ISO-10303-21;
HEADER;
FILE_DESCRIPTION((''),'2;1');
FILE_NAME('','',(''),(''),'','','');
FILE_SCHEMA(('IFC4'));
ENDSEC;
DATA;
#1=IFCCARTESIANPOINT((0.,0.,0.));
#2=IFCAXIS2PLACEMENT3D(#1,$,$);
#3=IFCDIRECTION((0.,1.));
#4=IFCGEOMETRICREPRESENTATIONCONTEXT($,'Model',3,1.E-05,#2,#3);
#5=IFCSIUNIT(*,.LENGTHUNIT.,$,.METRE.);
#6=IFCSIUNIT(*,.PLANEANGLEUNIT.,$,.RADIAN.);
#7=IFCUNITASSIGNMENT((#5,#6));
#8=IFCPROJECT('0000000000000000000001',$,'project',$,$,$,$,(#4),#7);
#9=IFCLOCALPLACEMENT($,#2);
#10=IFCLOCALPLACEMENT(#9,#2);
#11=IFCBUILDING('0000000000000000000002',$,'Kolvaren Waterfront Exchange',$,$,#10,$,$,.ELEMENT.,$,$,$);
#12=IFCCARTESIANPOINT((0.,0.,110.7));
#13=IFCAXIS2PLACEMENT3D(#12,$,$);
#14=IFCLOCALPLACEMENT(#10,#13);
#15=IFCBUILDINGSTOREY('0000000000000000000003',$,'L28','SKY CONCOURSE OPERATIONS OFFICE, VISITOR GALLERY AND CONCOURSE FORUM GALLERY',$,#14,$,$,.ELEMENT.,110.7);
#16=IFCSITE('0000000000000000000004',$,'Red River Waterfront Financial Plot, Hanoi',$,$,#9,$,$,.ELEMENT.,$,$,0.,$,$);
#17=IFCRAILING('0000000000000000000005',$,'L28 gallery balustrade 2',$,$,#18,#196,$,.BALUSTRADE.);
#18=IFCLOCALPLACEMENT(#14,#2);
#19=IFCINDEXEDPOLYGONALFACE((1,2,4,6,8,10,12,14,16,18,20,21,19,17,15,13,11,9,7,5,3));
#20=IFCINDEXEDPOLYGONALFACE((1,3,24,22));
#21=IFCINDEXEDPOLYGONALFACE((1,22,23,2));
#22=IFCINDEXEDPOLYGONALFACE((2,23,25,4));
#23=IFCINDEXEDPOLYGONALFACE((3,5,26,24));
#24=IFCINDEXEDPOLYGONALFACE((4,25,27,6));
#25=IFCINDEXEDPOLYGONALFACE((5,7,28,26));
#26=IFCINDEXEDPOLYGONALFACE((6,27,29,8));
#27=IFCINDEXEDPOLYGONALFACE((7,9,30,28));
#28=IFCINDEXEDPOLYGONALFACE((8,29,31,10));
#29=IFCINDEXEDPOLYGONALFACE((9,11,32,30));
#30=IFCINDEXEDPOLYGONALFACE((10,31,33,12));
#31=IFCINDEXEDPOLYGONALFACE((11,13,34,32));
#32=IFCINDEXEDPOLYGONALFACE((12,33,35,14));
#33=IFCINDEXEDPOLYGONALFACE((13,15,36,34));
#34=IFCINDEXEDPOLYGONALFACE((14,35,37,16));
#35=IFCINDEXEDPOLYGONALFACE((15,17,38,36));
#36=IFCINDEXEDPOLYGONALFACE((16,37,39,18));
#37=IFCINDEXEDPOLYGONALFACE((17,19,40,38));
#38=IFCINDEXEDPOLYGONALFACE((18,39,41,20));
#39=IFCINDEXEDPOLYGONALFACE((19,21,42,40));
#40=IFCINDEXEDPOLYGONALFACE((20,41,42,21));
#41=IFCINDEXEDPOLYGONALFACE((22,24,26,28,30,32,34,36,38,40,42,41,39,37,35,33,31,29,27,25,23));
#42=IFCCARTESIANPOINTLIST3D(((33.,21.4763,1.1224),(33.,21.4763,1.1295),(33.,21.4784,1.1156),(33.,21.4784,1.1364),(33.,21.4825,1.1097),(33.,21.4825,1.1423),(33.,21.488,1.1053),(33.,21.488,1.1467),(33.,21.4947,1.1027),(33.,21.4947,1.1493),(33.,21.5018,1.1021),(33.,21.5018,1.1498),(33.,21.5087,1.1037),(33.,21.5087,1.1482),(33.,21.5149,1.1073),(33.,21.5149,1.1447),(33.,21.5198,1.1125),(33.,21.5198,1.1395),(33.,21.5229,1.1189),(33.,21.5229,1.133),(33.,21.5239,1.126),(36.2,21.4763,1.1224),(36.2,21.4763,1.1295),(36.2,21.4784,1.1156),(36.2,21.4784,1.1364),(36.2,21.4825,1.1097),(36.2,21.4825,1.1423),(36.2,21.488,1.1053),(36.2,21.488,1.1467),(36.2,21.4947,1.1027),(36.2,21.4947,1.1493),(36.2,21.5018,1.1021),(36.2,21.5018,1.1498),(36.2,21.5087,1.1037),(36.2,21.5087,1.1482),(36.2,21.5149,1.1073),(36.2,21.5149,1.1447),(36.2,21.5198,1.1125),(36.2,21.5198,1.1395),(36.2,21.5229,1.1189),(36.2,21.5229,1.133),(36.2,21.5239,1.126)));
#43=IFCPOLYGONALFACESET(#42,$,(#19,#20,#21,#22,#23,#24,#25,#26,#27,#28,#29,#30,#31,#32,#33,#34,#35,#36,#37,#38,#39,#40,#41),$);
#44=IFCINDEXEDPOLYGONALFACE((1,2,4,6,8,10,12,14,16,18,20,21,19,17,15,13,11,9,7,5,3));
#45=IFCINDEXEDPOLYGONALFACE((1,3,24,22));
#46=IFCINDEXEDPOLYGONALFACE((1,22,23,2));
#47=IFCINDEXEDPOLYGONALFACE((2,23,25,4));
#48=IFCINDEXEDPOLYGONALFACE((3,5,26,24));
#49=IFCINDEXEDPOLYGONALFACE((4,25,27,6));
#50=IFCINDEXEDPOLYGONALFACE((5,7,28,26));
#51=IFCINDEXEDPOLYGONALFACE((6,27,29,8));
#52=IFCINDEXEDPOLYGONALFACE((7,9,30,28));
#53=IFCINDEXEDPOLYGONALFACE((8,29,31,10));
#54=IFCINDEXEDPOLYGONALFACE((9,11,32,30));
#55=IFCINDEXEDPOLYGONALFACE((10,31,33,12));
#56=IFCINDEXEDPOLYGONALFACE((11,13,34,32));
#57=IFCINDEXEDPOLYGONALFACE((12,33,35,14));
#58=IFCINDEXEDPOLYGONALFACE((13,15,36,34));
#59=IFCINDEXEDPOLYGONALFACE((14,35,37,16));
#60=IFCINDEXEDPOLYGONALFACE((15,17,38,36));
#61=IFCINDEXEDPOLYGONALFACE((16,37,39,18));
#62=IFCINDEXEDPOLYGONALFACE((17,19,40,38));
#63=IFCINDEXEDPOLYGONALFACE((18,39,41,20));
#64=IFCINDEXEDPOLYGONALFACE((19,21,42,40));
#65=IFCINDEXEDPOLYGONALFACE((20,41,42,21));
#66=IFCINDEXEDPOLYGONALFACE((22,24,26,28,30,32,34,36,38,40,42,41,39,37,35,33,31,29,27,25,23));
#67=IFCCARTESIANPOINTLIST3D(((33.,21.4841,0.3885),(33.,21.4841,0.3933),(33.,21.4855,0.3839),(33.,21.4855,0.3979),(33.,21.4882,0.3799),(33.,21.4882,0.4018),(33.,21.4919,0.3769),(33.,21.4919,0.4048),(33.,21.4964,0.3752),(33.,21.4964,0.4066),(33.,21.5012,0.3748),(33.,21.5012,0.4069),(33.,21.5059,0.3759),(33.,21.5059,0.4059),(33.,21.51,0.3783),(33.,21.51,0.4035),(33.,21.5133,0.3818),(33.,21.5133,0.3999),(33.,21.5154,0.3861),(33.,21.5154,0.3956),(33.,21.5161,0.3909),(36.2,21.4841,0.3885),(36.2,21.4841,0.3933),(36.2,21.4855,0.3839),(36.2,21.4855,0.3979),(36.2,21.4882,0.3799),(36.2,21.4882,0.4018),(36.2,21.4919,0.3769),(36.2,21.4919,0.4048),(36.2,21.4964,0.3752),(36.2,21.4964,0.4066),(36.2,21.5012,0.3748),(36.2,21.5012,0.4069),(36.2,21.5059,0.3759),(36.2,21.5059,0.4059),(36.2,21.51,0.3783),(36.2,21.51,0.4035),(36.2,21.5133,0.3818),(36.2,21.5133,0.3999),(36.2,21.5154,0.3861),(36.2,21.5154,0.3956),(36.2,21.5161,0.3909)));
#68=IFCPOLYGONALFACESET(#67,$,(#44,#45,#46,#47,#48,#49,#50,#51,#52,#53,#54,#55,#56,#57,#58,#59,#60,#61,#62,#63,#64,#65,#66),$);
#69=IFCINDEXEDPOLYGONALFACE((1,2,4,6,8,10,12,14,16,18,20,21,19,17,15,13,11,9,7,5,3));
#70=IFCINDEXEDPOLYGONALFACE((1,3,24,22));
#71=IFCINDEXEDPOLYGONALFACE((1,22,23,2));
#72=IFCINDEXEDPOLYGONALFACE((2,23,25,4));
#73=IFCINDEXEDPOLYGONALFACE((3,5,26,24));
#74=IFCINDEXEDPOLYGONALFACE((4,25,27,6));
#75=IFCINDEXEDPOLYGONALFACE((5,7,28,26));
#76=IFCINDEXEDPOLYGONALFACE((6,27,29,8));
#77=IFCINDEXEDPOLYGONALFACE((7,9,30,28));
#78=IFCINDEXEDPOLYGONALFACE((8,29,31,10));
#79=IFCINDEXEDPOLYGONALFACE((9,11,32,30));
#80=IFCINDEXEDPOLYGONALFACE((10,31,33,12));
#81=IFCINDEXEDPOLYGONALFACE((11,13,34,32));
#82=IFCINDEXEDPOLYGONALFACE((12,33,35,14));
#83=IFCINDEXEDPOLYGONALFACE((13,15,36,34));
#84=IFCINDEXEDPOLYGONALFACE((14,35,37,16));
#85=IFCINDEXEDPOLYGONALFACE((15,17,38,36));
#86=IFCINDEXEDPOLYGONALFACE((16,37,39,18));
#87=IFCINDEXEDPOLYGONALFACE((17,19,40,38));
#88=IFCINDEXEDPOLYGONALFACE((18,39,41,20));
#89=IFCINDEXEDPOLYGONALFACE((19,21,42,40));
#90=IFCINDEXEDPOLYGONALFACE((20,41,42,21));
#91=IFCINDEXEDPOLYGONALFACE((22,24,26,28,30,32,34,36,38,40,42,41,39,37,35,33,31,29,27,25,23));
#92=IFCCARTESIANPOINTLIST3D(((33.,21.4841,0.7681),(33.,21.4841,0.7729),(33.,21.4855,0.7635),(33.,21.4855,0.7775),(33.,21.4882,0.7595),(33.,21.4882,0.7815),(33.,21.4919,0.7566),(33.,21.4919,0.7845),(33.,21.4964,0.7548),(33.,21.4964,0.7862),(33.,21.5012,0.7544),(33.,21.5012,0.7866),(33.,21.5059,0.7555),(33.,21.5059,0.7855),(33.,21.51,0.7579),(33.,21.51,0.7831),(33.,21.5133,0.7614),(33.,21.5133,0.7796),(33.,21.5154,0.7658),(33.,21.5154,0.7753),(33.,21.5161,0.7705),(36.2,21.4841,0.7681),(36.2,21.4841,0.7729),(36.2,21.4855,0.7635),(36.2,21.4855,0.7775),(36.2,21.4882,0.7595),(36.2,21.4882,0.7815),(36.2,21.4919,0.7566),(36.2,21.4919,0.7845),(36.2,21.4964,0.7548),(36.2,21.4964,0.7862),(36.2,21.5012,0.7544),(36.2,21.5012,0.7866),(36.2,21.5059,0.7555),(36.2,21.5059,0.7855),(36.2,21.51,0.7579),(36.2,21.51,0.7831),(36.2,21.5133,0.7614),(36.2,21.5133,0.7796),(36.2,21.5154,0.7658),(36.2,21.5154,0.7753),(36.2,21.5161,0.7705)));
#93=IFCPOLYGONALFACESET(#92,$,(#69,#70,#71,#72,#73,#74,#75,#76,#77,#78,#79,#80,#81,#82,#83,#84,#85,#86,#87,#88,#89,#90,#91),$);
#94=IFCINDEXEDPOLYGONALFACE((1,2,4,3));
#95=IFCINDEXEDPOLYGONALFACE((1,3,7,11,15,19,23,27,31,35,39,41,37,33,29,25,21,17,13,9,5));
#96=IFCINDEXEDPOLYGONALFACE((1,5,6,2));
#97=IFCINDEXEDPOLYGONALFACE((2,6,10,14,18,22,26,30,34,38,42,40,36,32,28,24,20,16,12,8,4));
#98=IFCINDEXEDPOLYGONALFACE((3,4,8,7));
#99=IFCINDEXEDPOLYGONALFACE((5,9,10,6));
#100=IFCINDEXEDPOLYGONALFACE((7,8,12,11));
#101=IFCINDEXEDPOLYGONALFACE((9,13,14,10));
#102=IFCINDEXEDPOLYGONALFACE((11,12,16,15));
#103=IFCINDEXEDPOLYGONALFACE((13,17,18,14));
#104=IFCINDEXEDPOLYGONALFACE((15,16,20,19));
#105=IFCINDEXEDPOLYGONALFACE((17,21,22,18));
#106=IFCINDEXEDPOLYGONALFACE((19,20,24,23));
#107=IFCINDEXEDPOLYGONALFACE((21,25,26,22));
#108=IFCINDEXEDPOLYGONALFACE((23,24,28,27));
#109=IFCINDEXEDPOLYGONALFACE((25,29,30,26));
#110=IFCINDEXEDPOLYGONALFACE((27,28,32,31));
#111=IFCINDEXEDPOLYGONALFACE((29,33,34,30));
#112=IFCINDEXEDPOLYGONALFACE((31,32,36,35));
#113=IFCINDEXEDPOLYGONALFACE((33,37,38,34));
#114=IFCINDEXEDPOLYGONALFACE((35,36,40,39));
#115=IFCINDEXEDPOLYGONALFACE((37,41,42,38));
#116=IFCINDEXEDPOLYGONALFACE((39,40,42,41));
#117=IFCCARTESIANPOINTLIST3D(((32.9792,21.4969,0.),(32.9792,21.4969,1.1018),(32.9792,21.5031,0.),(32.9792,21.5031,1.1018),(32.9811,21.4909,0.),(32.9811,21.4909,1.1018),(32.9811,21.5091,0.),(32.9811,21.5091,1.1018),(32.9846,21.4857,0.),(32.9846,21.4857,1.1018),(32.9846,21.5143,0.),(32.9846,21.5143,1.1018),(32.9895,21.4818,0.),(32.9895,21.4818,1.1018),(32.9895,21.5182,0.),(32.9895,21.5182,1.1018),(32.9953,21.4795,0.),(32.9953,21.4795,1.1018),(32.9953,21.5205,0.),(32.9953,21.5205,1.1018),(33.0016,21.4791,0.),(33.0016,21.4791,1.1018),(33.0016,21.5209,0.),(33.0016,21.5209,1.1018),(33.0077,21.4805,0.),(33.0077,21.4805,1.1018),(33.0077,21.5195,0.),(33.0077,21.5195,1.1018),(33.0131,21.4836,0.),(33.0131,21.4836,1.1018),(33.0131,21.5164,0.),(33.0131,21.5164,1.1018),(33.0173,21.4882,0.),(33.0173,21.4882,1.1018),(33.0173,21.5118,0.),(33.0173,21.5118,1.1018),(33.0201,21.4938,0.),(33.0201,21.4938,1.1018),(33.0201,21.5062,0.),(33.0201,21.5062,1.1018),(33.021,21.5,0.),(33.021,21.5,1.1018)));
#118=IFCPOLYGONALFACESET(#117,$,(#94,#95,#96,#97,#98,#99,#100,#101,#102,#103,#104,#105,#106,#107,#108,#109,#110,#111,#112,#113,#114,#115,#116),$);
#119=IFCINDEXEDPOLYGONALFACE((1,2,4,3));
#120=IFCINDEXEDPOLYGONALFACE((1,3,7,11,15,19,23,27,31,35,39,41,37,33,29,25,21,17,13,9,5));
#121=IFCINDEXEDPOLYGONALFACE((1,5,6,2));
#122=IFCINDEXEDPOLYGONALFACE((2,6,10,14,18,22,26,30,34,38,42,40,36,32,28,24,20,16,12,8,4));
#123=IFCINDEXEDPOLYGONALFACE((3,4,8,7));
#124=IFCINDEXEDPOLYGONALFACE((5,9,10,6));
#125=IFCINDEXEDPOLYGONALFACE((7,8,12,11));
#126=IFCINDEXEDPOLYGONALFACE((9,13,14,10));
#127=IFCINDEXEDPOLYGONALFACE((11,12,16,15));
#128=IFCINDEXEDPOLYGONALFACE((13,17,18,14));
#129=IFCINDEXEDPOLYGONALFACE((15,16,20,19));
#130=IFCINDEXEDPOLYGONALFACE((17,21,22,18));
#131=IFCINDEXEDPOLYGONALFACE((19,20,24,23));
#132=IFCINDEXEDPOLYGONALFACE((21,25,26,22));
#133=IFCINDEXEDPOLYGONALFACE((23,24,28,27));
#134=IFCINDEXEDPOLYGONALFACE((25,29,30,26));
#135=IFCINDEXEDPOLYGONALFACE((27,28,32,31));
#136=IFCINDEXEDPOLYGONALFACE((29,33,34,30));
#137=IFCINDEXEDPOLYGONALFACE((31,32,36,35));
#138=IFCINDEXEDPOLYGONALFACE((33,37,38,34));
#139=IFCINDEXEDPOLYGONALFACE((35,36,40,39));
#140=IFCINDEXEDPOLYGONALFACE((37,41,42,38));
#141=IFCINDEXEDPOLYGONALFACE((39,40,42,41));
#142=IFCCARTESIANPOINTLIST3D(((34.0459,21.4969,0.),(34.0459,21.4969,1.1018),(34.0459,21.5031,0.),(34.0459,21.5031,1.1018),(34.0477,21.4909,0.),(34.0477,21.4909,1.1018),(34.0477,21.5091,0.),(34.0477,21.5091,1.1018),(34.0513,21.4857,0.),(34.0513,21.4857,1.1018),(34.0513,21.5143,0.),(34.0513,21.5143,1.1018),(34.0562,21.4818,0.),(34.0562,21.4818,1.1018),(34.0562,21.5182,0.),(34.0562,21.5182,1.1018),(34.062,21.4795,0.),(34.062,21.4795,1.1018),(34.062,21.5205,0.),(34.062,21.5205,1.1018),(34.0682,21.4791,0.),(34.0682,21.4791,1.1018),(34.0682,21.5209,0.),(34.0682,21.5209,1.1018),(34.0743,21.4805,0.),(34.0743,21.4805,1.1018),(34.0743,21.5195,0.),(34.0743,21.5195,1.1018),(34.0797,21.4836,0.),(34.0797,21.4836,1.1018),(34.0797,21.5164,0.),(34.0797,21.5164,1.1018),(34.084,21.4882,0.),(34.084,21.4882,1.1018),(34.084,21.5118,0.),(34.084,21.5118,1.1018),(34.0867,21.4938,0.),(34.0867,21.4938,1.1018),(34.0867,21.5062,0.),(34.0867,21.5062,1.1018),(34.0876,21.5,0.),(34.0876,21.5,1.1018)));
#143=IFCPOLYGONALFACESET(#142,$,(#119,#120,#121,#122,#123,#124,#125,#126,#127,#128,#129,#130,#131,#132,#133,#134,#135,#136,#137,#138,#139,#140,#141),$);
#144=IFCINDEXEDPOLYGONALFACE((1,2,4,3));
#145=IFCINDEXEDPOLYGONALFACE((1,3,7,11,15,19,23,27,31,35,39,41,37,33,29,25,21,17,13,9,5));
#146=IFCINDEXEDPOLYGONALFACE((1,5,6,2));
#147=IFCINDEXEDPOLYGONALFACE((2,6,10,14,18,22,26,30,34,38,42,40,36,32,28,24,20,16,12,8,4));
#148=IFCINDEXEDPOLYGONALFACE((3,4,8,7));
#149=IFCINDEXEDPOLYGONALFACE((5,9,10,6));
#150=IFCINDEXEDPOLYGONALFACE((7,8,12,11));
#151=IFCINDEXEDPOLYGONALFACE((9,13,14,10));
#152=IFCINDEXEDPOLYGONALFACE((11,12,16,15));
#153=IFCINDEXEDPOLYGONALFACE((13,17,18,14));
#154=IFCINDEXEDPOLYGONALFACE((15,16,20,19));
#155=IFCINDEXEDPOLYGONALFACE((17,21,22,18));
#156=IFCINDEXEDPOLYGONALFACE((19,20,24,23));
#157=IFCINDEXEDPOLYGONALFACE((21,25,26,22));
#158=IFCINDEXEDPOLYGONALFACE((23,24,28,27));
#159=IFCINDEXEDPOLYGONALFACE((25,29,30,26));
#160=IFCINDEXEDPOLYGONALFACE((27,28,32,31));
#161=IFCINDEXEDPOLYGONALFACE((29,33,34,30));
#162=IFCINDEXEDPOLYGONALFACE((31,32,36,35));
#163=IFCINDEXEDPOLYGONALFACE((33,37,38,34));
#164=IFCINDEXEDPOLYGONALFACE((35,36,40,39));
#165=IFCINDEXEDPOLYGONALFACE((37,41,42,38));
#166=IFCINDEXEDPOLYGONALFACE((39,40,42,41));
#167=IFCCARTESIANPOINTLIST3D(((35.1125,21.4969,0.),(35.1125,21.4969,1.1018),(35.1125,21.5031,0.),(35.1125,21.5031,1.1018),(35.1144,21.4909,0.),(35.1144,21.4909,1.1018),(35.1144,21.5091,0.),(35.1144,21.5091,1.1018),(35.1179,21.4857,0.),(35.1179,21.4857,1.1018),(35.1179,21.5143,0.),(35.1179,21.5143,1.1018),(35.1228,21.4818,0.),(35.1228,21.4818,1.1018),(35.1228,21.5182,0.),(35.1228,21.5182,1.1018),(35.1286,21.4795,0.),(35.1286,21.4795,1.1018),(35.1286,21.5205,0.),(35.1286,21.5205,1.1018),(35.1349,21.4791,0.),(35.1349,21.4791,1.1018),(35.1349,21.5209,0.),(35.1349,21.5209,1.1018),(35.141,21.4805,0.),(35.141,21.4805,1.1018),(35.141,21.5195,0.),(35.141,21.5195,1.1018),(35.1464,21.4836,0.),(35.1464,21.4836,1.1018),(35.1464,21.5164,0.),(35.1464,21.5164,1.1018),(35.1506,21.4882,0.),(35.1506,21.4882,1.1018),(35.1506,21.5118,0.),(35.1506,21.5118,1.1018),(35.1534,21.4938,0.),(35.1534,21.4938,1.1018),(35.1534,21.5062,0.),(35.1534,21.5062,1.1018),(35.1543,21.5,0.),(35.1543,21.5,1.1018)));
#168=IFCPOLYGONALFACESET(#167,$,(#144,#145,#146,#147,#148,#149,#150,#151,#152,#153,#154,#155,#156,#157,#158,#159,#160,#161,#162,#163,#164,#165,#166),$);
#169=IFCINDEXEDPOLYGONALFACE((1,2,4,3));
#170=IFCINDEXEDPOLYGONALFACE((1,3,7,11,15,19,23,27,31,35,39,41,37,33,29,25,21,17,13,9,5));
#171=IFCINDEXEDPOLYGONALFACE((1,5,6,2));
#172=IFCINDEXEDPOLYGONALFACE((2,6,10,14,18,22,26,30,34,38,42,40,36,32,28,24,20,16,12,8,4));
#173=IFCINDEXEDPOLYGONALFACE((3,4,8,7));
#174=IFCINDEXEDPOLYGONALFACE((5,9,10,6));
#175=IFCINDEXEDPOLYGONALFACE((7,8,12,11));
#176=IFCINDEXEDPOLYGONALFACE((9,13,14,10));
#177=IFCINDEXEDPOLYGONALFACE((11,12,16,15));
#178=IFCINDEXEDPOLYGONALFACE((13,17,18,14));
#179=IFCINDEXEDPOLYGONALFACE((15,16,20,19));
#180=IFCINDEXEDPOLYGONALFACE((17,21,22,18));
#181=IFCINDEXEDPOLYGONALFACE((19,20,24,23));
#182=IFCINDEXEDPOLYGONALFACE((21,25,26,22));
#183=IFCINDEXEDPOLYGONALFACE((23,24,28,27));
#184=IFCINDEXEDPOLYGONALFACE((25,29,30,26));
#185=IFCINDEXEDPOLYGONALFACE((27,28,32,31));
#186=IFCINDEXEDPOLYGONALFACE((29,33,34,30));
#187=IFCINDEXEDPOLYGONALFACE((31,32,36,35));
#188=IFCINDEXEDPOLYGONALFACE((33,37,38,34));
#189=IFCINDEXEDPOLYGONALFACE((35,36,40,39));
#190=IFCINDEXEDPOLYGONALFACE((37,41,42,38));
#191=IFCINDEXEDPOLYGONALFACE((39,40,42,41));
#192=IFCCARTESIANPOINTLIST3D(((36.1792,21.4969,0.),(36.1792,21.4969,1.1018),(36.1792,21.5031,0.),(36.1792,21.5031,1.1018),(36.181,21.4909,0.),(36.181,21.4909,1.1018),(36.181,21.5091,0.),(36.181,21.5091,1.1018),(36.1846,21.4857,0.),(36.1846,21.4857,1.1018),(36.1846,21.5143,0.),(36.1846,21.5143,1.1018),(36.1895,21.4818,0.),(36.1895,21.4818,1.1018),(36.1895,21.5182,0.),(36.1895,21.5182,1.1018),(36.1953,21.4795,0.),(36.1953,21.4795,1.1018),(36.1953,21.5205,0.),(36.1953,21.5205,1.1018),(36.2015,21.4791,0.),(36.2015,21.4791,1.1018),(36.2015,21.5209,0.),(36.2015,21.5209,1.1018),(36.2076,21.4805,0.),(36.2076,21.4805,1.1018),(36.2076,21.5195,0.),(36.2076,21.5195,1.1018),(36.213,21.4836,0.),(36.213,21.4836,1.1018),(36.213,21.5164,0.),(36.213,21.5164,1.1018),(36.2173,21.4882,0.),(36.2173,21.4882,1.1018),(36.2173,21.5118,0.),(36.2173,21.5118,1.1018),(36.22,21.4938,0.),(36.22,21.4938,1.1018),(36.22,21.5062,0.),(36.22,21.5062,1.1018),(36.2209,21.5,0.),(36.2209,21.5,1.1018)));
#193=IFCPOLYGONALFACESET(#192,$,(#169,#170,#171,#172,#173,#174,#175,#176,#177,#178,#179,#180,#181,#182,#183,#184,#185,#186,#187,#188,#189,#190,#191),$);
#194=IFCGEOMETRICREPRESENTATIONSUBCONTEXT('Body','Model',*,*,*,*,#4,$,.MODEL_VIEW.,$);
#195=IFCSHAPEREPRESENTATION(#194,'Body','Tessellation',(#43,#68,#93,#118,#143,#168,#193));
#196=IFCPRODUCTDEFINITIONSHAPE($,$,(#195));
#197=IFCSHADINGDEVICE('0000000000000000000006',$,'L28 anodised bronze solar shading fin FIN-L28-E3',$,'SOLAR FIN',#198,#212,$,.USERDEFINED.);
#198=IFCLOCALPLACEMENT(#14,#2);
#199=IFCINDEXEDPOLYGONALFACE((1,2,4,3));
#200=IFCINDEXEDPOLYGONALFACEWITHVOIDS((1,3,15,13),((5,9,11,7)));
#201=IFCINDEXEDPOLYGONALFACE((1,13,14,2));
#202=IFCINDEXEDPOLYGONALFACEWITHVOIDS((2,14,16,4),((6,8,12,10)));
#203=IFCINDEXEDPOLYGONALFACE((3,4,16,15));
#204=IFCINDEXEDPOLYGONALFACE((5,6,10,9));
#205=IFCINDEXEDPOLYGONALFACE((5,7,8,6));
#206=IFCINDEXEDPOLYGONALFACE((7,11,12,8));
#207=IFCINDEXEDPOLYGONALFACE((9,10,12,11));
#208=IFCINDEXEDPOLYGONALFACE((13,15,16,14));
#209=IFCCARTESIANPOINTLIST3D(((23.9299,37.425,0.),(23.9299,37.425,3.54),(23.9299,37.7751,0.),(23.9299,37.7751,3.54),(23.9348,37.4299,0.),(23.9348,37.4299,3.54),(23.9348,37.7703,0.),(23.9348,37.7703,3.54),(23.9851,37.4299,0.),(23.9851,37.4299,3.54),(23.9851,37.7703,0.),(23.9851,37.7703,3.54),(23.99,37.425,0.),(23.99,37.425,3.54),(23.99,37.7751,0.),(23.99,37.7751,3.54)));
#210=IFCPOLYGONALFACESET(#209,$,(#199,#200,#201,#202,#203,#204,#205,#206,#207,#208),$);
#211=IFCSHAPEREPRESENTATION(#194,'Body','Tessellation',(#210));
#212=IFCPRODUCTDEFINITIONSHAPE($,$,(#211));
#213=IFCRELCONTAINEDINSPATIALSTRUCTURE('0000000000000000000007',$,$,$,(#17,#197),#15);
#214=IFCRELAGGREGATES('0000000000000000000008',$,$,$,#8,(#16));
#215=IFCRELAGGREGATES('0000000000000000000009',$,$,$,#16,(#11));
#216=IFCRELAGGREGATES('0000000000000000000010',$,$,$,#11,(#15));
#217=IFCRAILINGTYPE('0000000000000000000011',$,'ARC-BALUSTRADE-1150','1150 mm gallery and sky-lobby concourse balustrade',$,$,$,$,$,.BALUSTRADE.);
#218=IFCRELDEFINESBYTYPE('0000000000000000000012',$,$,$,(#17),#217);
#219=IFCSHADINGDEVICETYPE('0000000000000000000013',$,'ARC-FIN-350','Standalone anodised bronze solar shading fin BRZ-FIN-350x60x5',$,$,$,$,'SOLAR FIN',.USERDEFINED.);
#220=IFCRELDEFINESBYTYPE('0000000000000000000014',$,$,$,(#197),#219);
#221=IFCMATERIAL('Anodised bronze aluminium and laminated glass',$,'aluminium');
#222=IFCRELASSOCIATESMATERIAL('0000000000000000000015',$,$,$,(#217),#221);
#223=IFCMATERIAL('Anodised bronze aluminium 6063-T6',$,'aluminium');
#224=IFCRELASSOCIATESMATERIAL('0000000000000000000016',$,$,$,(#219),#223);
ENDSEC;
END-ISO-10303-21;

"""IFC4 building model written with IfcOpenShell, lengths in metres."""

from ifc_helpers import new_model, si_unit, direction, frame, origin, origin_2d, place, context, subcontext, project, spatial, hollow_rectangle, circle, extrude, material, material_profile, profile_set, type_object, element, save


model = new_model("IFC4")

# Units and contexts
model_context = context("Model", 3, precision=1e-05, world=origin(), true_north=direction((0.0, 1.0)))
body_context = subcontext(model_context, "Body", "Model", "MODEL_VIEW")
ifc_project = project(units=[si_unit("LENGTHUNIT", "METRE"), si_unit("PLANEANGLEUNIT", "RADIAN")], contexts=[model_context])

# Site, building, storey
site_placement = place(None, origin())
site = spatial("IfcSite", under=ifc_project, at=site_placement, Name="Red River Waterfront Financial Plot, Hanoi", CompositionType="ELEMENT", RefElevation=0.0)
building_placement = place(site_placement, origin())
building = spatial("IfcBuilding", under=site, at=building_placement, Name="Kolvaren Waterfront Exchange", CompositionType="ELEMENT")
storey_placement = place(building_placement, frame((0.0, 0.0, 110.7)))
storey = spatial("IfcBuildingStorey", under=building, at=storey_placement, Name="L28", Description="SKY CONCOURSE OPERATIONS OFFICE, VISITOR GALLERY AND CONCOURSE FORUM GALLERY", CompositionType="ELEMENT", Elevation=110.7)

# Shared definitions
ifc_material_1 = material(Name="Anodised bronze aluminium 6063-T6", Category="aluminium")

# Railing
ifc_material_2 = material(Name="Anodised bronze aluminium and laminated glass", Category="aluminium")
railing_type = type_object("IfcRailingType", Name="ARC-BALUSTRADE-1150", Description="1150 mm gallery and sky-lobby concourse balustrade", PredefinedType="BALUSTRADE", material=ifc_material_2)
for number, where, name in (
    (1, (33.0, 21.5, 0.0), "L28 gallery balustrade 2"),
):
    element("IfcRailing", number, at=place(storey_placement, frame(where)), inside=storey, type_object=railing_type, Name=name, PredefinedType="BALUSTRADE", context=body_context, shape_type="SweptSolid", body=[
        extrude(circle(Radius=0.0239, at=origin_2d()), frame((0.0, 0.0, 1.126), z_axis=(1.0, 0.0, 0.0), x_axis=(0.0, 1.0, 0.0)), (0.0, 0.0, 1.0), 3.2),
        extrude(circle(Radius=0.0161, at=origin_2d()), frame((0.0, 0.0, 0.3909), z_axis=(1.0, 0.0, 0.0), x_axis=(0.0, 1.0, 0.0)), (0.0, 0.0, 1.0), 3.2),
        extrude(circle(Radius=0.0161, at=origin_2d()), frame((0.0, 0.0, 0.7705), z_axis=(1.0, 0.0, 0.0), x_axis=(0.0, 1.0, 0.0)), (0.0, 0.0, 1.0), 3.2),
        extrude(circle(Radius=0.021, at=origin_2d()), origin(), (0.0, 0.0, 1.0), 1.1018),
        extrude(circle(Radius=0.021, at=origin_2d()), frame((1.0667, 0.0, 0.0)), (0.0, 0.0, 1.0), 1.1018),
        extrude(circle(Radius=0.021, at=origin_2d()), frame((2.1333, 0.0, 0.0)), (0.0, 0.0, 1.0), 1.1018),
        extrude(circle(Radius=0.021, at=origin_2d()), frame((3.2, 0.0, 0.0)), (0.0, 0.0, 1.0), 1.1018),
    ])

# Shading device
ifc_material_profile_1 = material_profile(ifc_material_1, hollow_rectangle(XDim=0.0601, YDim=0.3501, WallThickness=0.0049, at=origin_2d()), Name="BRZ-FIN-350x60x5")
ifc_profile_set_1 = profile_set([ifc_material_profile_1], Name="Anodised bronze aluminium 6063-T6")
shading_device_type = type_object("IfcShadingDeviceType", Name="ARC-FIN-350", Description="Standalone anodised bronze solar shading fin BRZ-FIN-350x60x5", ElementType="SOLAR FIN", PredefinedType="USERDEFINED", material=ifc_profile_set_1)
shading_device_placement = place(storey_placement, frame((23.96, 37.6001, 0.0), z_axis=(0.0, 0.0, 1.0), x_axis=(1.0, 0.0, 0.0)))
element("IfcShadingDevice", 2, at=shading_device_placement, inside=storey, type_object=shading_device_type, Name="L28 anodised bronze solar shading fin FIN-L28-E3", ObjectType="SOLAR FIN", PredefinedType="USERDEFINED", context=body_context, shape_type="SweptSolid", body=[
    extrude(hollow_rectangle(XDim=0.0601, YDim=0.3501, WallThickness=0.0049, at=origin_2d()), origin(), (0.0, 0.0, 1.0), 3.54),
])

save(model, "model.ifc")
